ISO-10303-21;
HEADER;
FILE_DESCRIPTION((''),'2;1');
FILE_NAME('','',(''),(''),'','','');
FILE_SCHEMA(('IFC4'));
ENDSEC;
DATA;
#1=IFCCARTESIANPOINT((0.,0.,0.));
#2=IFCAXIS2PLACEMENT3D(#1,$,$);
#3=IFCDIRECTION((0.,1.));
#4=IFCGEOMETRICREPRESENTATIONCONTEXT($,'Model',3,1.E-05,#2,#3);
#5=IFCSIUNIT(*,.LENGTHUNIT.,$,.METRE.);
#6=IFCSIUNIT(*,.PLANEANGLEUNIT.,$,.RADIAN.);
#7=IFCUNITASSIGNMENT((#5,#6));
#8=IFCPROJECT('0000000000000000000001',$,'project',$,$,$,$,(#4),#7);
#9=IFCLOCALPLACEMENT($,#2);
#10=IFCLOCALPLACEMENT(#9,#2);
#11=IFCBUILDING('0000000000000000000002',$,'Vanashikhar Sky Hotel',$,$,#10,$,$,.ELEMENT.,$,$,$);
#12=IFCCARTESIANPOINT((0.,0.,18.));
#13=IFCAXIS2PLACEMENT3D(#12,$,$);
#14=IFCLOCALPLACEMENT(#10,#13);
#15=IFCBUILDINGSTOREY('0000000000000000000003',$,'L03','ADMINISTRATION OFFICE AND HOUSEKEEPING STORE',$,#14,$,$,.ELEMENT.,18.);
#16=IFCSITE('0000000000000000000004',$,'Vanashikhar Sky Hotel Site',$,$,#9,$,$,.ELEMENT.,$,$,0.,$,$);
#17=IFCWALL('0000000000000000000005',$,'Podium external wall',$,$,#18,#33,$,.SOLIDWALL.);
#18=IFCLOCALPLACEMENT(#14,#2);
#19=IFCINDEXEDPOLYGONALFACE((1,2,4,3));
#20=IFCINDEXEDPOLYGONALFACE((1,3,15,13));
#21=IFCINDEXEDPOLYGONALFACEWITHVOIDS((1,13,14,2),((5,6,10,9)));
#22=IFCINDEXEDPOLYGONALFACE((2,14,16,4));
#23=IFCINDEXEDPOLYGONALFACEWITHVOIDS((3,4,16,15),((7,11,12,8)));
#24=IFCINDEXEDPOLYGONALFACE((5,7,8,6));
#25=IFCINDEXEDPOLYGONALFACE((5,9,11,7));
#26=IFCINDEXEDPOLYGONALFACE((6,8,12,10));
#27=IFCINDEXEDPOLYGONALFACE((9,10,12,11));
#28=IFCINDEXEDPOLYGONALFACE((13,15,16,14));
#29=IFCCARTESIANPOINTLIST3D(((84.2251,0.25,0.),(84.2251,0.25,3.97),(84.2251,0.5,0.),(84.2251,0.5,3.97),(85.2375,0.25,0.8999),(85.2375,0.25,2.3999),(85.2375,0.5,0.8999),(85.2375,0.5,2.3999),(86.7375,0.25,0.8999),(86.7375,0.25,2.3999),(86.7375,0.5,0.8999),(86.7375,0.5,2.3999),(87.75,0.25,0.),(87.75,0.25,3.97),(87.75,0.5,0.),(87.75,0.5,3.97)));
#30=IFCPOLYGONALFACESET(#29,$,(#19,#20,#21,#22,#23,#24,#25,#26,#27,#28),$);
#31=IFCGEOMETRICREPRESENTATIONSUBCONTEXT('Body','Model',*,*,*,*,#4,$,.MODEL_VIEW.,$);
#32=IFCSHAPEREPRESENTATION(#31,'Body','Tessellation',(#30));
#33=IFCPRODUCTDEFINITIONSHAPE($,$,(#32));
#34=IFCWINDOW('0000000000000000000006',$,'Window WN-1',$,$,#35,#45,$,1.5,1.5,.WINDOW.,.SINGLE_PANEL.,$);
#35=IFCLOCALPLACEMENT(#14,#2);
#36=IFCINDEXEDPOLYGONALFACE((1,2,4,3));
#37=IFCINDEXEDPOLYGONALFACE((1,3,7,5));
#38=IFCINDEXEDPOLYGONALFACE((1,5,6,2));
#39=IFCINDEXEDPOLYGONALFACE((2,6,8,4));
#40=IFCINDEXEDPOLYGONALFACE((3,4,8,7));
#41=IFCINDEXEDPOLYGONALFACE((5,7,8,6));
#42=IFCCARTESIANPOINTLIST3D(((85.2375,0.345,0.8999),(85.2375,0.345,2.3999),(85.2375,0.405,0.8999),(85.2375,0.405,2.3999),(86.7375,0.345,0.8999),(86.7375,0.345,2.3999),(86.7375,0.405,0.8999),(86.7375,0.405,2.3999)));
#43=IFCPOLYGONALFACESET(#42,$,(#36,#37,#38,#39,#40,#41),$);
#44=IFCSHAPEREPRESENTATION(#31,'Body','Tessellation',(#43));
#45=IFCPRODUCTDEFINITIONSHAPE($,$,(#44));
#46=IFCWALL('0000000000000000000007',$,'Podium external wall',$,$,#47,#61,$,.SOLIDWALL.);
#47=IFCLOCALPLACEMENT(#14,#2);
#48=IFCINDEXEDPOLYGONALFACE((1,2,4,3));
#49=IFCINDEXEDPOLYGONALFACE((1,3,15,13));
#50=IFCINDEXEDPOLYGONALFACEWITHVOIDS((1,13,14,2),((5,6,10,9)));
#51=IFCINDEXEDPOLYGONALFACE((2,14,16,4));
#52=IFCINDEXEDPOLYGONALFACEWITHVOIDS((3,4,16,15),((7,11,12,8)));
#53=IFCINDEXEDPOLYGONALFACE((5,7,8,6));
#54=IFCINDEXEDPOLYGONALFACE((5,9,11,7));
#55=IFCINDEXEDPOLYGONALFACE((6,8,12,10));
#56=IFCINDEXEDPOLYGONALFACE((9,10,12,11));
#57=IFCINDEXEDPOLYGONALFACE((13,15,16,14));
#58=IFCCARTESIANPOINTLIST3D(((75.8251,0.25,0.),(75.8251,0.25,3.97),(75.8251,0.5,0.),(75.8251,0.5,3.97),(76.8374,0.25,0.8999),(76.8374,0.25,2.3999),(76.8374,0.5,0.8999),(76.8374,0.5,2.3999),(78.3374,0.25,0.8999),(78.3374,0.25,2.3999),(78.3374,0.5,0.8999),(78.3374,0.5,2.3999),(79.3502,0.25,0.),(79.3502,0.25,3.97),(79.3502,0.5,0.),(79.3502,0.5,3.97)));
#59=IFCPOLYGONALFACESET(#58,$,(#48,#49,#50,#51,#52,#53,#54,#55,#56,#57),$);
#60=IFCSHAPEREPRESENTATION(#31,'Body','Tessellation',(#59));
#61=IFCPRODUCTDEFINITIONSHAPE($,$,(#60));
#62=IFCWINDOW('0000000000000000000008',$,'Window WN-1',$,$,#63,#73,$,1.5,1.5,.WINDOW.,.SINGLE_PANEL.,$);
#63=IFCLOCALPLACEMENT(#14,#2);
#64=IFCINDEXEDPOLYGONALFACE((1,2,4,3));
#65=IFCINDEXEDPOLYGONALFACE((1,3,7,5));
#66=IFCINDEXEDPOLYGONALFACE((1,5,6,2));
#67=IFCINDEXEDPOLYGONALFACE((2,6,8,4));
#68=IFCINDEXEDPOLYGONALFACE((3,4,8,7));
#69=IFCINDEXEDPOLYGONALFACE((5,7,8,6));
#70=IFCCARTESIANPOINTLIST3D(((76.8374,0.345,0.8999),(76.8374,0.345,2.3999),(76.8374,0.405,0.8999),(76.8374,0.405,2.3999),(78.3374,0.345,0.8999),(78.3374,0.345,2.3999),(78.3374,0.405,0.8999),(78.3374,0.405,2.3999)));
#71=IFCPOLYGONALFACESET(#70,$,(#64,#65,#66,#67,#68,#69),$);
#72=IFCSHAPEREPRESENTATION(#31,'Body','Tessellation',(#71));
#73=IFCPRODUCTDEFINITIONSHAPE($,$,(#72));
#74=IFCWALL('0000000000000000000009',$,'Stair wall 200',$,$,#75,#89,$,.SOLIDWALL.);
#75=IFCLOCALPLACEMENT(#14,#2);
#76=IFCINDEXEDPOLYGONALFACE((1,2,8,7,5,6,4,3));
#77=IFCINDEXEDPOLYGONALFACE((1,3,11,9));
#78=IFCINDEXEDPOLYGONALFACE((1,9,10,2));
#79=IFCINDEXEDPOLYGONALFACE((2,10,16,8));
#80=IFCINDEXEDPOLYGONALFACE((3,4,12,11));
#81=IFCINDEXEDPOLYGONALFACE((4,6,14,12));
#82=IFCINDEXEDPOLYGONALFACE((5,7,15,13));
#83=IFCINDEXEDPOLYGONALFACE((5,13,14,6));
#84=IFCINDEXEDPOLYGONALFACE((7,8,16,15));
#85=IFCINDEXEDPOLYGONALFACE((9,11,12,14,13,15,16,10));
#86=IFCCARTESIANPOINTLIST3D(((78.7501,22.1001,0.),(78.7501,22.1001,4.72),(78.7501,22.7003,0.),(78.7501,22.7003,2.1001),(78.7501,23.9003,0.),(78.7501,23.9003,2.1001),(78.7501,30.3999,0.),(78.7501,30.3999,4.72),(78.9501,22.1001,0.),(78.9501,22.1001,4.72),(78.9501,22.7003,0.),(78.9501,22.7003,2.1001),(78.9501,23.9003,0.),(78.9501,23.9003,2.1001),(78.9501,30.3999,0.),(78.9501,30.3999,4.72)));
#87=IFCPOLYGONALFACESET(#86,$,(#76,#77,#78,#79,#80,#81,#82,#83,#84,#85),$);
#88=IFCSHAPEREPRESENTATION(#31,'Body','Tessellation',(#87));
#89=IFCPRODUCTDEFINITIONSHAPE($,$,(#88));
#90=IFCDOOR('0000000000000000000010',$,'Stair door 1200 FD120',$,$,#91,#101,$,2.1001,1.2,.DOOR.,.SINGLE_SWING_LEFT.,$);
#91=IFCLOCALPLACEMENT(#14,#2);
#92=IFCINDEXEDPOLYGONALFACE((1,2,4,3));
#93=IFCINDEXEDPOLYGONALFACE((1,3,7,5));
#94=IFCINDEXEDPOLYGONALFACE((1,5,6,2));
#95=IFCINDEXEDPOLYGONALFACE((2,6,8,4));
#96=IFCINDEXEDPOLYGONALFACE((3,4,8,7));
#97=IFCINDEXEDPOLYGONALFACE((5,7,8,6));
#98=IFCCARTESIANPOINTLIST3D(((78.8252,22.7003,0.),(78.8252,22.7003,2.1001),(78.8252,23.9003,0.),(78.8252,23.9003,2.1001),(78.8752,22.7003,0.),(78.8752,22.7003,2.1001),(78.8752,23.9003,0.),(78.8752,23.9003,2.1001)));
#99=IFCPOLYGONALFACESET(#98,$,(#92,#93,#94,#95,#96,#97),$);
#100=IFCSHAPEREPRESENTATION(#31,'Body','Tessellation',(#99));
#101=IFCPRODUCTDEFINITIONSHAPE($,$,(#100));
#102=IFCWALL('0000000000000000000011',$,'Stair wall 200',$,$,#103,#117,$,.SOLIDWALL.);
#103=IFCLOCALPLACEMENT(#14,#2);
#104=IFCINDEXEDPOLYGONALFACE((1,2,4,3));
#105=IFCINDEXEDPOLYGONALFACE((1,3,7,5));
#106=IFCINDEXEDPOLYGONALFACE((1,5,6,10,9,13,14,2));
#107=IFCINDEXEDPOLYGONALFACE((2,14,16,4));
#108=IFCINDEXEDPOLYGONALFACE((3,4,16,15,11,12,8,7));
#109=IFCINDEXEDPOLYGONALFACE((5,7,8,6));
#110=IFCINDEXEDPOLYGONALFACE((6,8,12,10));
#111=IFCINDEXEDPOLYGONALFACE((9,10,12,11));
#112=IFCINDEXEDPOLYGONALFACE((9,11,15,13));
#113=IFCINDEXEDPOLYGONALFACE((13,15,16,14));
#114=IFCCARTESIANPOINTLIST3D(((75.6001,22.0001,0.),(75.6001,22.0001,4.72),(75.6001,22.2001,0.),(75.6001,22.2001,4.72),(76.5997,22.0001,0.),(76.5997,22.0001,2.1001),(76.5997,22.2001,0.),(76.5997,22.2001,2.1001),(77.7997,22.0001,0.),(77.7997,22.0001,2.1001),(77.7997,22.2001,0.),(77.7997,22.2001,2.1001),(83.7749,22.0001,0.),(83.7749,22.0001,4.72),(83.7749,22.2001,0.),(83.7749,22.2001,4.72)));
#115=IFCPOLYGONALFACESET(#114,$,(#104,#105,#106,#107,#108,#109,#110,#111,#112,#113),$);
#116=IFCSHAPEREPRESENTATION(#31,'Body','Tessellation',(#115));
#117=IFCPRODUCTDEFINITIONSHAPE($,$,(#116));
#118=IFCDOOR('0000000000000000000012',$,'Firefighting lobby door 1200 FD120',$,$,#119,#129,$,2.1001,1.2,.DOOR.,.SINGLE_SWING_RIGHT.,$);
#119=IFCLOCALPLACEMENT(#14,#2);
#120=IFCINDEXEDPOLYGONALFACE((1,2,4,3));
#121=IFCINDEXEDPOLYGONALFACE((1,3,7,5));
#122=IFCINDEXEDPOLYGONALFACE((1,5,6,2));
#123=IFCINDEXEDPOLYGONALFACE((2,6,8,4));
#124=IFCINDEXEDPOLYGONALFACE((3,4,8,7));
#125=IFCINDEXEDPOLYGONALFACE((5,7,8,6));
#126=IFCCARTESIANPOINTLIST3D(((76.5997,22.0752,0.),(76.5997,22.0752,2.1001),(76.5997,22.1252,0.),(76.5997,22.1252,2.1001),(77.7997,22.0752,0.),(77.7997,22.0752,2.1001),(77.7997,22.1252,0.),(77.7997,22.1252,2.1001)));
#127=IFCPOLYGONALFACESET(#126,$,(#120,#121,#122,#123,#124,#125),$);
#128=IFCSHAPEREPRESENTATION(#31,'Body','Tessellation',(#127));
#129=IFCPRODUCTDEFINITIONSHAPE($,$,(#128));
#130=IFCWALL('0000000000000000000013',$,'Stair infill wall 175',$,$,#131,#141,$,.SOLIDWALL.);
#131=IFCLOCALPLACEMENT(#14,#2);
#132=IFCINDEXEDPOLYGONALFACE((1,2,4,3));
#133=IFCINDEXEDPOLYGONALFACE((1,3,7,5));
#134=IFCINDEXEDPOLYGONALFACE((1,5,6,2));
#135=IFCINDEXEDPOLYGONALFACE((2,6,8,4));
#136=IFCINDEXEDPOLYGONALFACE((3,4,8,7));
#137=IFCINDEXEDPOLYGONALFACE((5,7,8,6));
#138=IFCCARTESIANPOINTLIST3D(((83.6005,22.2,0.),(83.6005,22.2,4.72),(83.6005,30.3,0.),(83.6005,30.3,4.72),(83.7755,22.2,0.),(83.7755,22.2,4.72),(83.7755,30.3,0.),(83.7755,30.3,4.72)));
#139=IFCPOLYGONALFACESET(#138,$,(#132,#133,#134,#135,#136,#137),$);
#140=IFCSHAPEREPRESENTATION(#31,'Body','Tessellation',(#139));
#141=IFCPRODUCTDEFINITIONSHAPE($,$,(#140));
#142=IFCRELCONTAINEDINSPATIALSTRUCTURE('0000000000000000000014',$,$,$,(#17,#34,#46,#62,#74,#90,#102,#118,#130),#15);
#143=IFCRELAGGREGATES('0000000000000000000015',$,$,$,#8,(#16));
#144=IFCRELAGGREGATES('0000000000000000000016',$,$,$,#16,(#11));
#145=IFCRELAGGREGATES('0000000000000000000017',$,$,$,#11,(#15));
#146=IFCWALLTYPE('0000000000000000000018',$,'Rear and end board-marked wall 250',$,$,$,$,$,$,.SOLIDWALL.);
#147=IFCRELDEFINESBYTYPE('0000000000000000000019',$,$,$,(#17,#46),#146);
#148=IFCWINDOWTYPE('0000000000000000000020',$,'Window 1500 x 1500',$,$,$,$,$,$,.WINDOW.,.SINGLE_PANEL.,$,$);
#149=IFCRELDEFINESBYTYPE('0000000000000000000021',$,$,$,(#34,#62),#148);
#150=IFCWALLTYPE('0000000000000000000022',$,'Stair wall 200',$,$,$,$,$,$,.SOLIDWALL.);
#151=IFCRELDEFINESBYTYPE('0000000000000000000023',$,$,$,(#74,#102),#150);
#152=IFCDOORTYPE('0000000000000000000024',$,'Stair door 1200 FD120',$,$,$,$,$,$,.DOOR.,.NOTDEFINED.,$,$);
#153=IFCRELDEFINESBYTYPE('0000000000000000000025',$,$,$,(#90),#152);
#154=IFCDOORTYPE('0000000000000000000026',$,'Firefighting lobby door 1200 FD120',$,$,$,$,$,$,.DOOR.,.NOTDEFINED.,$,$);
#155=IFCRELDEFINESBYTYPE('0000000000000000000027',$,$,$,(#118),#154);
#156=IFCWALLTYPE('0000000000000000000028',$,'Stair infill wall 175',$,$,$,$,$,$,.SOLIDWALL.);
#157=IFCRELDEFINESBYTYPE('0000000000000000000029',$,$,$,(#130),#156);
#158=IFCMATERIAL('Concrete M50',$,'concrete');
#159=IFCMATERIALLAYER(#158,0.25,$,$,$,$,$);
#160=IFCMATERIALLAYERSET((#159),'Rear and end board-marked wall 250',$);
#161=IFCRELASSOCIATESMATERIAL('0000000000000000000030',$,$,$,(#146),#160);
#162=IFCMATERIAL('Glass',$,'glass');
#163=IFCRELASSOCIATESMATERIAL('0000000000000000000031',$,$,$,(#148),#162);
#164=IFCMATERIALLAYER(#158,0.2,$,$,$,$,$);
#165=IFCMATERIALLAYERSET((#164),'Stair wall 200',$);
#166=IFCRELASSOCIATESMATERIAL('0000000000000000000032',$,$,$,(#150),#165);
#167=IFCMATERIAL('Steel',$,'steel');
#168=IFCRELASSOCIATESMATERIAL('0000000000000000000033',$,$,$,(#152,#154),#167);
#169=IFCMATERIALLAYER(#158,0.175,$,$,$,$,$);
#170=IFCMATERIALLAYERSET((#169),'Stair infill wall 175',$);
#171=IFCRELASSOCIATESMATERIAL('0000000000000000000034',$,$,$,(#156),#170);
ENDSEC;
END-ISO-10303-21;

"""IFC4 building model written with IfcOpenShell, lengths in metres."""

from ifc_helpers import new_model, si_unit, direction, frame, frame_2d, origin, place, context, subcontext, project, spatial, rectangle, extrude, source, transform, mapped, material, layer, layer_set, type_object, element, fill, save


model = new_model("IFC4")

# Units and contexts
model_context = context("Model", 3, precision=1e-05, world=origin(), true_north=direction((0.0, 1.0)))
body_context = subcontext(model_context, "Body", "Model", "MODEL_VIEW")
ifc_project = project(units=[si_unit("LENGTHUNIT", "METRE"), si_unit("PLANEANGLEUNIT", "RADIAN")], contexts=[model_context])

# Site, building, storey
site_placement = place(None, origin())
site = spatial("IfcSite", under=ifc_project, at=site_placement, Name="Vanashikhar Sky Hotel Site", CompositionType="ELEMENT", RefElevation=0.0)
building_placement = place(site_placement, origin())
building = spatial("IfcBuilding", under=site, at=building_placement, Name="Vanashikhar Sky Hotel", CompositionType="ELEMENT")
storey_placement = place(building_placement, frame((0.0, 0.0, 18.0)))
storey = spatial("IfcBuildingStorey", under=building, at=storey_placement, Name="L03", Description="ADMINISTRATION OFFICE AND HOUSEKEEPING STORE", CompositionType="ELEMENT", Elevation=18.0)

# Shared definitions
ifc_material_1 = material(Name="Concrete M50", Category="concrete")

# Walls, openings, windows
ifc_layer_1 = layer(ifc_material_1, 0.25)
ifc_layer_set_1 = layer_set([ifc_layer_1], Name="Rear and end board-marked wall 250")
wall_type_1 = type_object("IfcWallType", Name="Rear and end board-marked wall 250", PredefinedType="SOLIDWALL", material=ifc_layer_set_1)
shared_shape_1 = source(origin(), body_context, "Body", "SweptSolid", [
    extrude(rectangle(XDim=3.5249, YDim=0.25, at=frame_2d((1.7625, 0.0))), origin(), (0.0, 0.0, 1.0), 3.97),
])
shared_shape_2 = source(origin(), body_context, "Body", "SweptSolid", [
    extrude(rectangle(XDim=1.5, YDim=1.5, at=frame_2d((0.75, 0.75))), frame((0.0, 0.135, 0.0), z_axis=(0.0, -1.0, 0.0), x_axis=(1.0, 0.0, 0.0)), (0.0, 0.0, 1.0), 0.27),
])
ifc_material_2 = material(Name="Glass", Category="glass")
window_type = type_object("IfcWindowType", Name="Window 1500 x 1500", PartitioningType="SINGLE_PANEL", PredefinedType="WINDOW", material=ifc_material_2)
shared_shape_3 = source(origin(), body_context, "Body", "SweptSolid", [
    extrude(rectangle(XDim=1.5, YDim=1.5, at=frame_2d((0.75, 0.75))), frame((0.0, 0.03, 0.0), z_axis=(0.0, -1.0, 0.0), x_axis=(1.0, 0.0, 0.0)), (0.0, 0.0, 1.0), 0.0601),
])
wall_1_placement = place(storey_placement, frame((84.2251, 0.375, 0.0), z_axis=(0.0, 0.0, 1.0), x_axis=(1.0, 0.0, 0.0)))
wall_1 = element("IfcWall", 1, at=wall_1_placement, inside=storey, type_object=wall_type_1, Name="Podium external wall", PredefinedType="SOLIDWALL", context=body_context, shape_type="MappedRepresentation", body=[
    mapped(shared_shape_1, transform((0.0, 0.0, 0.0), scale=1.0)),
])
opening_1_placement = place(wall_1_placement, frame((1.0125, 0.0, 0.8999)))
opening_1 = element("IfcOpeningElement", 2, at=opening_1_placement, cuts=wall_1, PredefinedType="OPENING", context=body_context, shape_type="MappedRepresentation", body=[
    mapped(shared_shape_2, transform((0.0, 0.0, 0.0), scale=1.0)),
])
window_1_placement = place(opening_1_placement, origin())
window_1 = element("IfcWindow", 3, at=window_1_placement, inside=storey, type_object=window_type, Name="Window WN-1", OverallHeight=1.5, OverallWidth=1.5, PartitioningType="SINGLE_PANEL", PredefinedType="WINDOW", context=body_context, shape_type="MappedRepresentation", body=[
    mapped(shared_shape_3, transform((0.0, 0.0, 0.0), scale=1.0)),
])
fill(opening_1, window_1)
shared_shape_4 = source(origin(), body_context, "Body", "SweptSolid", [
    extrude(rectangle(XDim=3.5251, YDim=0.25, at=frame_2d((1.7627, 0.0))), origin(), (0.0, 0.0, 1.0), 3.97),
])
wall_2_placement = place(storey_placement, frame((75.825, 0.375, 0.0), z_axis=(0.0, 0.0, 1.0), x_axis=(1.0, 0.0, 0.0)))
wall_2 = element("IfcWall", 4, at=wall_2_placement, inside=storey, type_object=wall_type_1, Name="Podium external wall", PredefinedType="SOLIDWALL", context=body_context, shape_type="MappedRepresentation", body=[
    mapped(shared_shape_4, transform((0.0, 0.0, 0.0), scale=1.0)),
])
opening_2_placement = place(wall_2_placement, frame((1.0125, 0.0, 0.8999)))
opening_2 = element("IfcOpeningElement", 5, at=opening_2_placement, cuts=wall_2, PredefinedType="OPENING", context=body_context, shape_type="MappedRepresentation", body=[
    mapped(shared_shape_2, transform((0.0, 0.0, 0.0), scale=1.0)),
])
window_2_placement = place(opening_2_placement, origin())
window_2 = element("IfcWindow", 6, at=window_2_placement, inside=storey, type_object=window_type, Name="Window WN-1", OverallHeight=1.5, OverallWidth=1.5, PartitioningType="SINGLE_PANEL", PredefinedType="WINDOW", context=body_context, shape_type="MappedRepresentation", body=[
    mapped(shared_shape_3, transform((0.0, 0.0, 0.0), scale=1.0)),
])
fill(opening_2, window_2)

# Walls, openings, doors
ifc_layer_2 = layer(ifc_material_1, 0.2)
ifc_layer_set_2 = layer_set([ifc_layer_2], Name="Stair wall 200")
wall_type_2 = type_object("IfcWallType", Name="Stair wall 200", PredefinedType="SOLIDWALL", material=ifc_layer_set_2)
shared_shape_5 = source(origin(), body_context, "Body", "SweptSolid", [
    extrude(rectangle(XDim=8.2998, YDim=0.2, at=frame_2d((4.1499, 0.0))), origin(), (0.0, 0.0, 1.0), 4.72),
])
wall_3_placement = place(storey_placement, frame((78.8501, 22.1001, 0.0), z_axis=(0.0, 0.0, 1.0), x_axis=(0.0, 1.0, 0.0)))
wall_3 = element("IfcWall", 7, at=wall_3_placement, inside=storey, type_object=wall_type_2, Name="Stair wall 200", PredefinedType="SOLIDWALL", context=body_context, shape_type="MappedRepresentation", body=[
    mapped(shared_shape_5, transform((0.0, 0.0, 0.0), scale=1.0)),
])
shared_shape_6 = source(origin(), body_context, "Body", "SweptSolid", [
    extrude(rectangle(XDim=1.2, YDim=2.1001, at=frame_2d((0.6001, 1.05))), frame((0.0, 0.1099, 0.0), z_axis=(0.0, -1.0, 0.0), x_axis=(1.0, 0.0, 0.0)), (0.0, 0.0, 1.0), 0.22),
])
opening_3_placement = place(wall_3_placement, frame((0.6001, 0.0, 0.0)))
opening_3 = element("IfcOpeningElement", 8, at=opening_3_placement, cuts=wall_3, PredefinedType="OPENING", context=body_context, shape_type="MappedRepresentation", body=[
    mapped(shared_shape_6, transform((0.0, 0.0, 0.0), scale=1.0)),
])
ifc_material_3 = material(Name="Steel", Category="steel")
door_type_1 = type_object("IfcDoorType", Name="Stair door 1200 FD120", OperationType="NOTDEFINED", PredefinedType="DOOR", material=ifc_material_3)
shared_shape_7 = source(origin(), body_context, "Body", "SweptSolid", [
    extrude(rectangle(XDim=1.2, YDim=2.1001, at=frame_2d((0.6001, 1.05))), frame((0.0, 0.0249, 0.0), z_axis=(0.0, -1.0, 0.0), x_axis=(1.0, 0.0, 0.0)), (0.0, 0.0, 1.0), 0.05),
])
door_1_placement = place(opening_3_placement, origin())
door_1 = element("IfcDoor", 9, at=door_1_placement, inside=storey, type_object=door_type_1, Name="Stair door 1200 FD120", OperationType="SINGLE_SWING_LEFT", OverallHeight=2.1001, OverallWidth=1.2, PredefinedType="DOOR", context=body_context, shape_type="MappedRepresentation", body=[
    mapped(shared_shape_7, transform((0.0, 0.0, 0.0), scale=1.0)),
])
fill(opening_3, door_1)
shared_shape_8 = source(origin(), body_context, "Body", "SweptSolid", [
    extrude(rectangle(XDim=8.1748, YDim=0.2, at=frame_2d((4.0874, 0.0))), origin(), (0.0, 0.0, 1.0), 4.72),
])
wall_4_placement = place(storey_placement, frame((83.7749, 22.1001, 0.0), z_axis=(0.0, 0.0, 1.0), x_axis=(-1.0, 0.0, 0.0)))
wall_4 = element("IfcWall", 10, at=wall_4_placement, inside=storey, type_object=wall_type_2, Name="Stair wall 200", PredefinedType="SOLIDWALL", context=body_context, shape_type="MappedRepresentation", body=[
    mapped(shared_shape_8, transform((0.0, 0.0, 0.0), scale=1.0)),
])
opening_4_placement = place(wall_4_placement, frame((5.9751, 0.0, 0.0)))
opening_4 = element("IfcOpeningElement", 11, at=opening_4_placement, cuts=wall_4, PredefinedType="OPENING", context=body_context, shape_type="MappedRepresentation", body=[
    mapped(shared_shape_6, transform((0.0, 0.0, 0.0), scale=1.0)),
])
door_type_2 = type_object("IfcDoorType", Name="Firefighting lobby door 1200 FD120", OperationType="NOTDEFINED", PredefinedType="DOOR", material=ifc_material_3)
door_2_placement = place(opening_4_placement, origin())
door_2 = element("IfcDoor", 12, at=door_2_placement, inside=storey, type_object=door_type_2, Name="Firefighting lobby door 1200 FD120", OperationType="SINGLE_SWING_RIGHT", OverallHeight=2.1001, OverallWidth=1.2, PredefinedType="DOOR", context=body_context, shape_type="MappedRepresentation", body=[
    mapped(shared_shape_7, transform((0.0, 0.0, 0.0), scale=1.0)),
])
fill(opening_4, door_2)

# Wall
ifc_layer_3 = layer(ifc_material_1, 0.175)
ifc_layer_set_3 = layer_set([ifc_layer_3], Name="Stair infill wall 175")
wall_type_3 = type_object("IfcWallType", Name="Stair infill wall 175", PredefinedType="SOLIDWALL", material=ifc_layer_set_3)
shared_shape_9 = source(origin(), body_context, "Body", "SweptSolid", [
    extrude(rectangle(XDim=8.1001, YDim=0.175, at=frame_2d((4.05, 0.0))), origin(), (0.0, 0.0, 1.0), 4.72),
])
wall_5_placement = place(storey_placement, frame((83.688, 22.2, 0.0), z_axis=(0.0, 0.0, 1.0), x_axis=(0.0, 1.0, 0.0)))
element("IfcWall", 13, at=wall_5_placement, inside=storey, type_object=wall_type_3, Name="Stair infill wall 175", PredefinedType="SOLIDWALL", context=body_context, shape_type="MappedRepresentation", body=[
    mapped(shared_shape_9, transform((0.0, 0.0, 0.0), scale=1.0)),
])

save(model, "model.ifc")
